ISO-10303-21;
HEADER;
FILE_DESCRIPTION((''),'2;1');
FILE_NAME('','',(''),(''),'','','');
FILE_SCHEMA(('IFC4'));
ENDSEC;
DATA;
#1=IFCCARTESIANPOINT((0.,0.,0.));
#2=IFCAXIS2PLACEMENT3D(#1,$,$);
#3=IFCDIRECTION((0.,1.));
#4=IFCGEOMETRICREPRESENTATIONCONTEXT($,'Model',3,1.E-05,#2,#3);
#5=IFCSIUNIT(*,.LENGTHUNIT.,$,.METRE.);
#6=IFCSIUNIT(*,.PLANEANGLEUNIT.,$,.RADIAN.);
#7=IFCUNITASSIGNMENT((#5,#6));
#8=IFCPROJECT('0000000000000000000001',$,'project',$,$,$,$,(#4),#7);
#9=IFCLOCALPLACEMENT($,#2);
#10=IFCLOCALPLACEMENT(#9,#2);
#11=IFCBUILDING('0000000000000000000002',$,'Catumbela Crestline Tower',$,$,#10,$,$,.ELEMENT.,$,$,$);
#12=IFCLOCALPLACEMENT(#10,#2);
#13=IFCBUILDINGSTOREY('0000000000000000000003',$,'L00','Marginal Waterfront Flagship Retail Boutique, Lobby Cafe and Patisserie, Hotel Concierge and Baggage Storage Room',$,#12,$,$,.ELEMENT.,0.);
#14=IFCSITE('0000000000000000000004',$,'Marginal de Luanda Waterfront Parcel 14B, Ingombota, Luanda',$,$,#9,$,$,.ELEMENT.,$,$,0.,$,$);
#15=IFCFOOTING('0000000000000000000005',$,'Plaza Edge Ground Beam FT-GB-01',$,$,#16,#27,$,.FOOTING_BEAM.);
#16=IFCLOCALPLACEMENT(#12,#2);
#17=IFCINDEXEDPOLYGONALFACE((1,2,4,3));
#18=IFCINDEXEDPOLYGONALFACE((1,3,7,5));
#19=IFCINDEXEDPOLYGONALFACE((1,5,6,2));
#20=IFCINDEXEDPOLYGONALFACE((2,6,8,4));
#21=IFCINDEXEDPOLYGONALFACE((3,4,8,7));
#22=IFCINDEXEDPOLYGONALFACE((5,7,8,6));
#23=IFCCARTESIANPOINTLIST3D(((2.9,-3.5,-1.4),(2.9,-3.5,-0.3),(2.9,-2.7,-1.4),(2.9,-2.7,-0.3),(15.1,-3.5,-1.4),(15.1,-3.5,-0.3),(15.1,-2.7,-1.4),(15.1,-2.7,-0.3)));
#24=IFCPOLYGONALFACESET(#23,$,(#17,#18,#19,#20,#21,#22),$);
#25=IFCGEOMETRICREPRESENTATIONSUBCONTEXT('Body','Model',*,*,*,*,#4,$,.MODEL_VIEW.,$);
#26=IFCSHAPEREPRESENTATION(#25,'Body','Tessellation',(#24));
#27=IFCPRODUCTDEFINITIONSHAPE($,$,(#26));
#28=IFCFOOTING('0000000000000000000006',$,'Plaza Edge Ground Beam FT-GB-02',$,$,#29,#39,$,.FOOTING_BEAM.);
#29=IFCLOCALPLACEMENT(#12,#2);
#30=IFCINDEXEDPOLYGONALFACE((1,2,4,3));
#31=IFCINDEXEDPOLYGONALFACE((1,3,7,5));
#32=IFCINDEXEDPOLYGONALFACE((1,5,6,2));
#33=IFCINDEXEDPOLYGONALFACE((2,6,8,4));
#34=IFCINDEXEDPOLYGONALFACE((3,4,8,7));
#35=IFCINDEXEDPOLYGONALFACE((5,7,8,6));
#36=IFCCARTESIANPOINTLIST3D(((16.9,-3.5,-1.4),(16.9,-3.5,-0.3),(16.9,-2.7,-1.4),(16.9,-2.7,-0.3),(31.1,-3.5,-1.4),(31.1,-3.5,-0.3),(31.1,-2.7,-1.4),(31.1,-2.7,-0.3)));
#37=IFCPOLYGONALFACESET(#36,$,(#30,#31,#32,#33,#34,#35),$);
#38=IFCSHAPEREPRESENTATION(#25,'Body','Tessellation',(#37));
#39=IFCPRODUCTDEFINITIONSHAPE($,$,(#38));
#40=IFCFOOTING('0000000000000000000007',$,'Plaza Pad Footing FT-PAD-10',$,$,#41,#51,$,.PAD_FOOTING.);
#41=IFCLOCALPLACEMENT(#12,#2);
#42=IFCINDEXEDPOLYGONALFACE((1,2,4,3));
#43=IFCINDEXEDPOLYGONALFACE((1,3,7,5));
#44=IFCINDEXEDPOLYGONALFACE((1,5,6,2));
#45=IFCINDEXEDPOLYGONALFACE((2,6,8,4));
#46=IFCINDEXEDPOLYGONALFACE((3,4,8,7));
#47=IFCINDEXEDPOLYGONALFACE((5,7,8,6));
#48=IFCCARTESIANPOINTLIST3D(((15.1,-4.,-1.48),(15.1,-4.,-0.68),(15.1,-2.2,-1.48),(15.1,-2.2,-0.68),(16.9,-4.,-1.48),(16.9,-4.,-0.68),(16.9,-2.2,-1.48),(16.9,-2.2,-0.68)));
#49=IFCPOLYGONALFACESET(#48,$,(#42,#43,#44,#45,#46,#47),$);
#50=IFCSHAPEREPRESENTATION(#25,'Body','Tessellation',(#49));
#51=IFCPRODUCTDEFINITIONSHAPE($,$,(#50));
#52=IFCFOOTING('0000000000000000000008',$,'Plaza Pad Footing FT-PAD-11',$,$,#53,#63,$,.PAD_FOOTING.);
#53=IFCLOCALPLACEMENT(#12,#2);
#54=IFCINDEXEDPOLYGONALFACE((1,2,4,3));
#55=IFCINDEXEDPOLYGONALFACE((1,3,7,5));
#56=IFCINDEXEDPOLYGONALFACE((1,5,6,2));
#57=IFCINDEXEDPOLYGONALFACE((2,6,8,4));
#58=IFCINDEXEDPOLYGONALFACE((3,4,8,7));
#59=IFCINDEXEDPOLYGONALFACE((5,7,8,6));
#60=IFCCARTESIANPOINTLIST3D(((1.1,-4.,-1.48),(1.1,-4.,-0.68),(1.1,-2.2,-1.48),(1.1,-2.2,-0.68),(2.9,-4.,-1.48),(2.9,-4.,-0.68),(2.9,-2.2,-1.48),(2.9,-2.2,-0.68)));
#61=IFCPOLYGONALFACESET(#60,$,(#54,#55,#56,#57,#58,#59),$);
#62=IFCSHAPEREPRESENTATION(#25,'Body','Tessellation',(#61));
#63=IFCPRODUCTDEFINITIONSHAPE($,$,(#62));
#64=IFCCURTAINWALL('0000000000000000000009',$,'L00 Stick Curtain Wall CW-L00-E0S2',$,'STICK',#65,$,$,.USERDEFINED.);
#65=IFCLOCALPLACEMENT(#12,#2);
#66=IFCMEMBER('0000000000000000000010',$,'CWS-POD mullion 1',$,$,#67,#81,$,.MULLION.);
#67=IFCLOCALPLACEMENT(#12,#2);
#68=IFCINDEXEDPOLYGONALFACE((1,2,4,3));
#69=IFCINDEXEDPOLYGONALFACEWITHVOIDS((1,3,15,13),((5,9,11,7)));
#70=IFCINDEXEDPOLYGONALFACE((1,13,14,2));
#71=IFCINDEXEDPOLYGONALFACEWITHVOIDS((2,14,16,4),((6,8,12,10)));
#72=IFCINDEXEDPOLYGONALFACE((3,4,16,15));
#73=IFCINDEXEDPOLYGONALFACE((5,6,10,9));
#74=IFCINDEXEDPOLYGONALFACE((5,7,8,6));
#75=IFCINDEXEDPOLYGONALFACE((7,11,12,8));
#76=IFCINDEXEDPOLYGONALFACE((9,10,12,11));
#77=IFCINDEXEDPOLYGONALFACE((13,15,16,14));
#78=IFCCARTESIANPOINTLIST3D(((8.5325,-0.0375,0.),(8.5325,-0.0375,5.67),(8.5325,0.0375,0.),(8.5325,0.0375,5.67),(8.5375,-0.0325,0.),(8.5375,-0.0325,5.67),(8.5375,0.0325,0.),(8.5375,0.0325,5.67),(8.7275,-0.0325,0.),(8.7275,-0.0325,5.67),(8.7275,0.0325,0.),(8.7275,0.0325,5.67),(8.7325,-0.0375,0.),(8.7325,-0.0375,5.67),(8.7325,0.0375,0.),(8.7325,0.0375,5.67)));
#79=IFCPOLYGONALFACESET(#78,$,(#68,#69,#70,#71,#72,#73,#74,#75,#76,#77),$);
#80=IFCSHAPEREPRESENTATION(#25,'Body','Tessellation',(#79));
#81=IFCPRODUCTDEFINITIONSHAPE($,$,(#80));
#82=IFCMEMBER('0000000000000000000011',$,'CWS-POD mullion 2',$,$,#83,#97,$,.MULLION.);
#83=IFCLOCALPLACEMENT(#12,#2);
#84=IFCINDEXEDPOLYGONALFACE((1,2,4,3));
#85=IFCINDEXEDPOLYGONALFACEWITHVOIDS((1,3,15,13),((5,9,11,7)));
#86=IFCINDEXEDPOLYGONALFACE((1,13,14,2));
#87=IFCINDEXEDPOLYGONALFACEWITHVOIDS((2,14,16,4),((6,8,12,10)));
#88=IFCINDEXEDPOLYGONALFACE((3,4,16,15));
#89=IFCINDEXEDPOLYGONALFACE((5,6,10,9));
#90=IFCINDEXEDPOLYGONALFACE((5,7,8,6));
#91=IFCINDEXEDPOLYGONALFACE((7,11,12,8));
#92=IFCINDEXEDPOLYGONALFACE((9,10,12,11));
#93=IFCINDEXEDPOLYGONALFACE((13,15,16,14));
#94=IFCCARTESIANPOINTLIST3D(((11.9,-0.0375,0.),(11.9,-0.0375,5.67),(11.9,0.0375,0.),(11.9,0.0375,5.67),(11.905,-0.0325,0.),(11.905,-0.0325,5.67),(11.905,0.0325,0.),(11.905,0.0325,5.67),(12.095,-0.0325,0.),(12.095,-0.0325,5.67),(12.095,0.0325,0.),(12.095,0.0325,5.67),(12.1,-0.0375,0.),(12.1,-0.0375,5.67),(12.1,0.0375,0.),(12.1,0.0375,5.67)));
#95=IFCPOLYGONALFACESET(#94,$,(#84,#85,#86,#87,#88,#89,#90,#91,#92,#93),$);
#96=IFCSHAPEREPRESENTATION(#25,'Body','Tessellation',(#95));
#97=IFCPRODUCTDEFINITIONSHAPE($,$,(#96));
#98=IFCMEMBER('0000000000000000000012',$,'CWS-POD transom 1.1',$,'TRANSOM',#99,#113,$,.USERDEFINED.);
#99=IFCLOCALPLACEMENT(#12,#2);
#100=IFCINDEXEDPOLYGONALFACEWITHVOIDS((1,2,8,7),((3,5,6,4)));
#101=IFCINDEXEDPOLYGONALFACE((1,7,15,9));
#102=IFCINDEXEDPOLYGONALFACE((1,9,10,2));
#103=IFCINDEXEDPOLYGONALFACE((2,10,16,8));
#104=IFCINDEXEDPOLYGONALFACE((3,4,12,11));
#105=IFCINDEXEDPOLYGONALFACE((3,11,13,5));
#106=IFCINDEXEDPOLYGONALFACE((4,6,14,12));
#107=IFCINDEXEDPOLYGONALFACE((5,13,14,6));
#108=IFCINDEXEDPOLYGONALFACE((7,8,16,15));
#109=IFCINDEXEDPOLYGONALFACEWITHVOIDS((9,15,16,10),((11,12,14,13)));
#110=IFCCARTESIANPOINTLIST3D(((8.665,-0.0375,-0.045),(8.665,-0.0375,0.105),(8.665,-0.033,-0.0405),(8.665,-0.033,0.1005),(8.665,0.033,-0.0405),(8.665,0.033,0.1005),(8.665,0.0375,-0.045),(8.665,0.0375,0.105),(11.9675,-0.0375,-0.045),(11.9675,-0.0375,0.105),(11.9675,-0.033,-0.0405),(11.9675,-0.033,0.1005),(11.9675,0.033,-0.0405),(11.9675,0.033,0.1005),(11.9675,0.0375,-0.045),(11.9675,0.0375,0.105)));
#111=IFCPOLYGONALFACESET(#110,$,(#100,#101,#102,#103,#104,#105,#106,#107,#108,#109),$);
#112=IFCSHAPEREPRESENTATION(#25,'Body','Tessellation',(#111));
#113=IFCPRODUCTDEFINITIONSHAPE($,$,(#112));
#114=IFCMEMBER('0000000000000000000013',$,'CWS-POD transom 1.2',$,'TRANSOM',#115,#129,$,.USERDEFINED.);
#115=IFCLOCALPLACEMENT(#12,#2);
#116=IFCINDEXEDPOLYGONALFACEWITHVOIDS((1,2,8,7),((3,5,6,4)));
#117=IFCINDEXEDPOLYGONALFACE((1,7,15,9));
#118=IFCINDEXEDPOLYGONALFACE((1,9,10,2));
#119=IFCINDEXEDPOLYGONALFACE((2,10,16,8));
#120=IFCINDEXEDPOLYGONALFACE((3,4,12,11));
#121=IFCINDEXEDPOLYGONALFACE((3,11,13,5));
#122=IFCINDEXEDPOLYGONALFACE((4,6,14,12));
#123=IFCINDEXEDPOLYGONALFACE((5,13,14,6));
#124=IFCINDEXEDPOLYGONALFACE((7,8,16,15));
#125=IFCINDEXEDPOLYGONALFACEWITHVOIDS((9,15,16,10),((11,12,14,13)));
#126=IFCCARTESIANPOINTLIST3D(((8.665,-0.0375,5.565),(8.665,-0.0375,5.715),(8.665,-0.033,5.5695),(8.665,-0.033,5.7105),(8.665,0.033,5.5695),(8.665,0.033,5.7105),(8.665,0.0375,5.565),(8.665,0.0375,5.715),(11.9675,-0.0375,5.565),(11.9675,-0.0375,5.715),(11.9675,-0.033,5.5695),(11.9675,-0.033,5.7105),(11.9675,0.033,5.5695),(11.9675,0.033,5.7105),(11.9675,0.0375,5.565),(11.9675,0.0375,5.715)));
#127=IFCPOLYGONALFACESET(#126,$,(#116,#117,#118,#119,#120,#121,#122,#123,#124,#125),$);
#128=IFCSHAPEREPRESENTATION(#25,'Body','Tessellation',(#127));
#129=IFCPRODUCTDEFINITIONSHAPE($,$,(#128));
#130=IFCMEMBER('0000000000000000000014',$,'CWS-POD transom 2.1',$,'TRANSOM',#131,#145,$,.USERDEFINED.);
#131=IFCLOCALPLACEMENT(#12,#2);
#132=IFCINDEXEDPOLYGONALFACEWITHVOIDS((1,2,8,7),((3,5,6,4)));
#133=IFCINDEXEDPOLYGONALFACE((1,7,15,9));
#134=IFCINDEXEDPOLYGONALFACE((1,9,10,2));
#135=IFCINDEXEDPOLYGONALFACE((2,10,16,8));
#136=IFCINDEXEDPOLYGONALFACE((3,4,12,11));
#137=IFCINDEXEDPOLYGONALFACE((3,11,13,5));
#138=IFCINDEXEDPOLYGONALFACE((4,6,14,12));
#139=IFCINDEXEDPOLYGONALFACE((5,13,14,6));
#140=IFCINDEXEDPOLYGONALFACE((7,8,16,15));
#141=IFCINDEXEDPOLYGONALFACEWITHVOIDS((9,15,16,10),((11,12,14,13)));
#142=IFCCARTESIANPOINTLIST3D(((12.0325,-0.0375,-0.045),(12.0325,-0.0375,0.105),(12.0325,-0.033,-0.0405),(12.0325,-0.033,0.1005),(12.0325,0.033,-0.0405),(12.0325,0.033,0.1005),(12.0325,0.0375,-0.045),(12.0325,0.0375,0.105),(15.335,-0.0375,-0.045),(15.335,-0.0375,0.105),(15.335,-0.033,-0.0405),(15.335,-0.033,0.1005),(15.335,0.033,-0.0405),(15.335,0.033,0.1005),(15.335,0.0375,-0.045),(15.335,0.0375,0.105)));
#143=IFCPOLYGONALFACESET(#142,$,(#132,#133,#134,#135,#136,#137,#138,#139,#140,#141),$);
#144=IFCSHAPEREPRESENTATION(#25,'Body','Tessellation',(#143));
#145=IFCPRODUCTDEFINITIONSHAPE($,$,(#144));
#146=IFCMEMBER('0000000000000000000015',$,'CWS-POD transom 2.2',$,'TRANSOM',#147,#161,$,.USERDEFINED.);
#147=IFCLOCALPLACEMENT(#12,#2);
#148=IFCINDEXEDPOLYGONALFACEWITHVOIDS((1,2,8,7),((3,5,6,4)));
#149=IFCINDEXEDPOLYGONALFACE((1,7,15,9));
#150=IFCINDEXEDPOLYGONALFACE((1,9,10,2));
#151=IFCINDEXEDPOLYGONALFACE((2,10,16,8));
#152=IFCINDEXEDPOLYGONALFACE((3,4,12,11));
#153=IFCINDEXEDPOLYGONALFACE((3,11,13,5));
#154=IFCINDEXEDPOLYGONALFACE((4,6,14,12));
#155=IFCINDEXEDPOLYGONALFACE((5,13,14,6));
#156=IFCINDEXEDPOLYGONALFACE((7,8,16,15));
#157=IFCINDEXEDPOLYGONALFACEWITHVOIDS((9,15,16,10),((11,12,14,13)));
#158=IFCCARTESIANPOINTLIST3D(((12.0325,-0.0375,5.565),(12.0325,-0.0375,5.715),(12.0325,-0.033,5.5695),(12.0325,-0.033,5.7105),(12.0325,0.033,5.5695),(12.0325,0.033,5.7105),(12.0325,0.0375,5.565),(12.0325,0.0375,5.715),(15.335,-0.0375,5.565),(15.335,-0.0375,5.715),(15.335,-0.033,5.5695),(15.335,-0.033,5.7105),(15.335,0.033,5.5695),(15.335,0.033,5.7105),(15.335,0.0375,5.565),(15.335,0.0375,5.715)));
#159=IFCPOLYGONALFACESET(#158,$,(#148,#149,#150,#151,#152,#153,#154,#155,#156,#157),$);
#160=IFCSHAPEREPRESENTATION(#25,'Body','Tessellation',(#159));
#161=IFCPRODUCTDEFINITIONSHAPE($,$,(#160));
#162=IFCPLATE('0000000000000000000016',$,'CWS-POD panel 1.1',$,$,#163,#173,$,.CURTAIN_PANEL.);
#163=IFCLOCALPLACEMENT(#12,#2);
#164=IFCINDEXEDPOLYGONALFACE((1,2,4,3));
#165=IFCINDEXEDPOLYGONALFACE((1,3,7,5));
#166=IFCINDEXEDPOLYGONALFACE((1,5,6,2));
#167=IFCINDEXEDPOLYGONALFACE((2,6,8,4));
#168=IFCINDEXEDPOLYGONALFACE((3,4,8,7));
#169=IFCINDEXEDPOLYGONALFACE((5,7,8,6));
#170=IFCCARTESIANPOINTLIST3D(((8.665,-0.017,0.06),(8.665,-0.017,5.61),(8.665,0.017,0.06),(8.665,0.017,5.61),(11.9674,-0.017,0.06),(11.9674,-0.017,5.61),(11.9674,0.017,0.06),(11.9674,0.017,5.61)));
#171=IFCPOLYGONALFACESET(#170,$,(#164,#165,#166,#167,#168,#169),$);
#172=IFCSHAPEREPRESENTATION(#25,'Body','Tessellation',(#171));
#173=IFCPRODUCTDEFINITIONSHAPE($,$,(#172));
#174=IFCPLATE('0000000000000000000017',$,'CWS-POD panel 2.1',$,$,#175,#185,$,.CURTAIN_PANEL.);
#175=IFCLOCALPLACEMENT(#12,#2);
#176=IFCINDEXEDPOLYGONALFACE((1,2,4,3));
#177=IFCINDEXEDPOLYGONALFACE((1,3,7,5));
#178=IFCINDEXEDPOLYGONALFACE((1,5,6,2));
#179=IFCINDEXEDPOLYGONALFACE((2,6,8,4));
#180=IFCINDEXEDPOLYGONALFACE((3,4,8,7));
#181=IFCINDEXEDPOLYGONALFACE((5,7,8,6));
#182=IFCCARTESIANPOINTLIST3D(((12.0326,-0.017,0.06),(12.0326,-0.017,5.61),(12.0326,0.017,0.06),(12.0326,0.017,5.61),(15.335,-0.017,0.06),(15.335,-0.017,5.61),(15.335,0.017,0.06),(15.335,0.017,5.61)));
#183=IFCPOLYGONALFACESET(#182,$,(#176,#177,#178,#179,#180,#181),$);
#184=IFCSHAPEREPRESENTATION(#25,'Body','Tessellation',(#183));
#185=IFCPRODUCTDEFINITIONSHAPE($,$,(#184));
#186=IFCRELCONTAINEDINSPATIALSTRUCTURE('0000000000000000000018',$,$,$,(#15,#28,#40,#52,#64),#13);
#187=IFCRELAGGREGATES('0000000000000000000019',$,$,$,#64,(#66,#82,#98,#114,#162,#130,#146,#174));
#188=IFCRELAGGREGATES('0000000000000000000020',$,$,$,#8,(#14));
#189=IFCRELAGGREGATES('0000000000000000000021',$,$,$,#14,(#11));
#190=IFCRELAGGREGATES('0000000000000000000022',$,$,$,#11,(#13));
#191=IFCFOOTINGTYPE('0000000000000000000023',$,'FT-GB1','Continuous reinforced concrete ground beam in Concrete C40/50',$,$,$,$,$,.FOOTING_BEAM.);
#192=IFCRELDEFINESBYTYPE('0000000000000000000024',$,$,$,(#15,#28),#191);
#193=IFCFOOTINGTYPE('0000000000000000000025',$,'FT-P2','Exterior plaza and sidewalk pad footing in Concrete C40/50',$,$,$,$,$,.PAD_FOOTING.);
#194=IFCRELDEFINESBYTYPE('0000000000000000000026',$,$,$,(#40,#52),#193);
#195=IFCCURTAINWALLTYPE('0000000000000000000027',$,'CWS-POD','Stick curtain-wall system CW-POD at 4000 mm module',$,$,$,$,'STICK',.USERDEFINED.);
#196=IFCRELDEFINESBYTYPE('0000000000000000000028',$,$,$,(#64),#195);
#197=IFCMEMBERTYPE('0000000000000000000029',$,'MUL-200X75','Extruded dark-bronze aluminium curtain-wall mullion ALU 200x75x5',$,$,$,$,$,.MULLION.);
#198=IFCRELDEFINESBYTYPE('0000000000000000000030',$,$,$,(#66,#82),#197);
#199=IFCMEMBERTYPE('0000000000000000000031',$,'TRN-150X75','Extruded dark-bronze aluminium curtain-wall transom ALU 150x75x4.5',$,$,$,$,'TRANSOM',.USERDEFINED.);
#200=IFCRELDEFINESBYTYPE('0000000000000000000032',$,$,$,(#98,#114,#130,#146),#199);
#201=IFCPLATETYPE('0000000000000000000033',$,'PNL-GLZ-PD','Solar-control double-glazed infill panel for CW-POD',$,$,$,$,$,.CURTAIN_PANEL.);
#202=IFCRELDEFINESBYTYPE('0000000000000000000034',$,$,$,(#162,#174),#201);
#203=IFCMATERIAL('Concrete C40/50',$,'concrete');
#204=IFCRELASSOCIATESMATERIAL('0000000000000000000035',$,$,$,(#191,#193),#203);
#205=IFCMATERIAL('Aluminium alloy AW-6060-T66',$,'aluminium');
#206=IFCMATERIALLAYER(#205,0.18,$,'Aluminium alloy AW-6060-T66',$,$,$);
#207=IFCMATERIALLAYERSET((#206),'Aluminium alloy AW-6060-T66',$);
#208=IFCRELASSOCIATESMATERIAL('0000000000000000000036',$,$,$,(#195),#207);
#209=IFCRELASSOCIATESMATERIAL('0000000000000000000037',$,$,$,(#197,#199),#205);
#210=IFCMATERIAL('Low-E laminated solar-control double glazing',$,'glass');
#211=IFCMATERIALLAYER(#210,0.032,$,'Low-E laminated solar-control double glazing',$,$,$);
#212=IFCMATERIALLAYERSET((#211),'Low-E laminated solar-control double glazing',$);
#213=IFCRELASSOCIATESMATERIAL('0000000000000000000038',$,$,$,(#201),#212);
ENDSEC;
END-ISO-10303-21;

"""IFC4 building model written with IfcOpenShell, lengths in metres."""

from ifc_helpers import new_model, si_unit, direction, frame, origin, origin_2d, place, context, subcontext, project, spatial, rectangle, hollow_rectangle, extrude, material, layer, layer_set, material_profile, profile_set, type_object, element, aggregate, save


model = new_model("IFC4")

# Units and contexts
model_context = context("Model", 3, precision=1e-05, world=origin(), true_north=direction((0.0, 1.0)))
body_context = subcontext(model_context, "Body", "Model", "MODEL_VIEW")
ifc_project = project(units=[si_unit("LENGTHUNIT", "METRE"), si_unit("PLANEANGLEUNIT", "RADIAN")], contexts=[model_context])

# Site, building, storey
site_placement = place(None, origin())
site = spatial("IfcSite", under=ifc_project, at=site_placement, Name="Marginal de Luanda Waterfront Parcel 14B, Ingombota, Luanda", CompositionType="ELEMENT", RefElevation=0.0)
building_placement = place(site_placement, origin())
building = spatial("IfcBuilding", under=site, at=building_placement, Name="Catumbela Crestline Tower", CompositionType="ELEMENT")
storey_placement = place(building_placement, origin())
storey = spatial("IfcBuildingStorey", under=building, at=storey_placement, Name="L00", Description="Marginal Waterfront Flagship Retail Boutique, Lobby Cafe and Patisserie, Hotel Concierge and Baggage Storage Room", CompositionType="ELEMENT", Elevation=0.0)

# Footings
ifc_material_1 = material(Name="Concrete C40/50", Category="concrete")
ifc_material_profile_1 = material_profile(ifc_material_1, rectangle(XDim=0.8, YDim=1.1, at=origin_2d()), Name="RC 800x1100")
ifc_profile_set_1 = profile_set([ifc_material_profile_1], Name="Concrete C40/50")
footing_type_1 = type_object("IfcFootingType", Name="FT-GB1", Description="Continuous reinforced concrete ground beam in Concrete C40/50", PredefinedType="FOOTING_BEAM", material=ifc_profile_set_1)
footing_1_placement = place(storey_placement, frame((2.9, -3.1, -0.85), z_axis=(1.0, 0.0, 0.0), x_axis=(0.0, 1.0, 0.0)))
element("IfcFooting", 1, at=footing_1_placement, inside=storey, type_object=footing_type_1, Name="Plaza Edge Ground Beam FT-GB-01", PredefinedType="FOOTING_BEAM", context=body_context, shape_type="SweptSolid", body=[
    extrude(rectangle(XDim=0.8, YDim=1.1, at=origin_2d()), origin(), (0.0, 0.0, 1.0), 12.2),
])
footing_2_placement = place(storey_placement, frame((16.9, -3.1, -0.85), z_axis=(1.0, 0.0, 0.0), x_axis=(0.0, 1.0, 0.0)))
element("IfcFooting", 2, at=footing_2_placement, inside=storey, type_object=footing_type_1, Name="Plaza Edge Ground Beam FT-GB-02", PredefinedType="FOOTING_BEAM", context=body_context, shape_type="SweptSolid", body=[
    extrude(rectangle(XDim=0.8, YDim=1.1, at=origin_2d()), origin(), (0.0, 0.0, 1.0), 14.2),
])
footing_type_2 = type_object("IfcFootingType", Name="FT-P2", Description="Exterior plaza and sidewalk pad footing in Concrete C40/50", PredefinedType="PAD_FOOTING", material=ifc_material_1)
for number, where, z_axis, x_axis, name in (
    (3, (16.0, -3.1, -1.48), (0.0, 0.0, 1.0), (1.0, 0.0, 0.0), "Plaza Pad Footing FT-PAD-10"),
    (4, (2.0, -3.1, -1.48), (0.0, 0.0, 1.0), (1.0, 0.0, 0.0), "Plaza Pad Footing FT-PAD-11"),
):
    element("IfcFooting", number, at=place(storey_placement, frame(where, z_axis=z_axis, x_axis=x_axis)), inside=storey, type_object=footing_type_2, Name=name, PredefinedType="PAD_FOOTING", context=body_context, shape_type="SweptSolid", body=[
        extrude(rectangle(XDim=1.8, YDim=1.8, at=origin_2d()), origin(), (0.0, 0.0, 1.0), 0.8),
    ])

# Curtain wall, members, plates
ifc_material_2 = material(Name="Aluminium alloy AW-6060-T66", Category="aluminium")
ifc_layer_1 = layer(ifc_material_2, 0.18, Name="Aluminium alloy AW-6060-T66")
ifc_layer_set_1 = layer_set([ifc_layer_1], Name="Aluminium alloy AW-6060-T66")
curtain_wall_type = type_object("IfcCurtainWallType", Name="CWS-POD", Description="Stick curtain-wall system CW-POD at 4000 mm module", ElementType="STICK", PredefinedType="USERDEFINED", material=ifc_layer_set_1)
curtain_wall_placement = place(storey_placement, origin())
curtain_wall = element("IfcCurtainWall", 5, at=curtain_wall_placement, inside=storey, type_object=curtain_wall_type, Name="L00 Stick Curtain Wall CW-L00-E0S2", ObjectType="STICK", PredefinedType="USERDEFINED")
ifc_material_profile_2 = material_profile(ifc_material_2, hollow_rectangle(XDim=0.075, YDim=0.2, WallThickness=0.005, at=origin_2d()), Name="ALU 200x75x5")
ifc_profile_set_2 = profile_set([ifc_material_profile_2], Name="Aluminium alloy AW-6060-T66")
member_type_1 = type_object("IfcMemberType", Name="MUL-200X75", Description="Extruded dark-bronze aluminium curtain-wall mullion ALU 200x75x5", PredefinedType="MULLION", material=ifc_profile_set_2)
member_1_placement = place(storey_placement, frame((8.6325, 0.0, 0.0), z_axis=(0.0, 0.0, 1.0), x_axis=(0.0, 1.0, 0.0)))
member_1 = element("IfcMember", 6, at=member_1_placement, type_object=member_type_1, Name="CWS-POD mullion 1", PredefinedType="MULLION", context=body_context, shape_type="SweptSolid", body=[
    extrude(hollow_rectangle(XDim=0.075, YDim=0.2, WallThickness=0.005, at=origin_2d()), origin(), (0.0, 0.0, 1.0), 5.67),
])
member_2_placement = place(storey_placement, frame((12.0, 0.0, 0.0), z_axis=(0.0, 0.0, 1.0), x_axis=(0.0, 1.0, 0.0)))
member_2 = element("IfcMember", 7, at=member_2_placement, type_object=member_type_1, Name="CWS-POD mullion 2", PredefinedType="MULLION", context=body_context, shape_type="SweptSolid", body=[
    extrude(hollow_rectangle(XDim=0.075, YDim=0.2, WallThickness=0.005, at=origin_2d()), origin(), (0.0, 0.0, 1.0), 5.67),
])
ifc_material_profile_3 = material_profile(ifc_material_2, hollow_rectangle(XDim=0.075, YDim=0.15, WallThickness=0.0045, at=origin_2d()), Name="ALU 150x75x4.5")
ifc_profile_set_3 = profile_set([ifc_material_profile_3], Name="Aluminium alloy AW-6060-T66")
member_type_2 = type_object("IfcMemberType", Name="TRN-150X75", Description="Extruded dark-bronze aluminium curtain-wall transom ALU 150x75x4.5", ElementType="TRANSOM", PredefinedType="USERDEFINED", material=ifc_profile_set_3)
member_3_placement = place(storey_placement, frame((8.665, 0.0, 0.03), z_axis=(1.0, 0.0, 0.0), x_axis=(0.0, 1.0, 0.0)))
member_3 = element("IfcMember", 8, at=member_3_placement, type_object=member_type_2, Name="CWS-POD transom 1.1", ObjectType="TRANSOM", PredefinedType="USERDEFINED", context=body_context, shape_type="SweptSolid", body=[
    extrude(hollow_rectangle(XDim=0.075, YDim=0.15, WallThickness=0.0045, at=origin_2d()), origin(), (0.0, 0.0, 1.0), 3.3025),
])
member_4_placement = place(storey_placement, frame((8.665, 0.0, 5.64), z_axis=(1.0, 0.0, 0.0), x_axis=(0.0, 1.0, 0.0)))
member_4 = element("IfcMember", 9, at=member_4_placement, type_object=member_type_2, Name="CWS-POD transom 1.2", ObjectType="TRANSOM", PredefinedType="USERDEFINED", context=body_context, shape_type="SweptSolid", body=[
    extrude(hollow_rectangle(XDim=0.075, YDim=0.15, WallThickness=0.0045, at=origin_2d()), origin(), (0.0, 0.0, 1.0), 3.3025),
])
member_5_placement = place(storey_placement, frame((12.0325, 0.0, 0.03), z_axis=(1.0, 0.0, 0.0), x_axis=(0.0, 1.0, 0.0)))
member_5 = element("IfcMember", 10, at=member_5_placement, type_object=member_type_2, Name="CWS-POD transom 2.1", ObjectType="TRANSOM", PredefinedType="USERDEFINED", context=body_context, shape_type="SweptSolid", body=[
    extrude(hollow_rectangle(XDim=0.075, YDim=0.15, WallThickness=0.0045, at=origin_2d()), origin(), (0.0, 0.0, 1.0), 3.3025),
])
member_6_placement = place(storey_placement, frame((12.0325, 0.0, 5.64), z_axis=(1.0, 0.0, 0.0), x_axis=(0.0, 1.0, 0.0)))
member_6 = element("IfcMember", 11, at=member_6_placement, type_object=member_type_2, Name="CWS-POD transom 2.2", ObjectType="TRANSOM", PredefinedType="USERDEFINED", context=body_context, shape_type="SweptSolid", body=[
    extrude(hollow_rectangle(XDim=0.075, YDim=0.15, WallThickness=0.0045, at=origin_2d()), origin(), (0.0, 0.0, 1.0), 3.3025),
])
ifc_material_3 = material(Name="Low-E laminated solar-control double glazing", Category="glass")
ifc_layer_2 = layer(ifc_material_3, 0.032, Name="Low-E laminated solar-control double glazing")
ifc_layer_set_2 = layer_set([ifc_layer_2], Name="Low-E laminated solar-control double glazing")
plate_type = type_object("IfcPlateType", Name="PNL-GLZ-PD", Description="Solar-control double-glazed infill panel for CW-POD", PredefinedType="CURTAIN_PANEL", material=ifc_layer_set_2)
plate_1_placement = place(storey_placement, frame((10.3162, 0.0, 0.06), z_axis=(0.0, 0.0, 1.0), x_axis=(1.0, 0.0, 0.0)))
plate_1 = element("IfcPlate", 12, at=plate_1_placement, type_object=plate_type, Name="CWS-POD panel 1.1", PredefinedType="CURTAIN_PANEL", context=body_context, shape_type="SweptSolid", body=[
    extrude(rectangle(XDim=3.3025, YDim=0.034, at=origin_2d()), origin(), (0.0, 0.0, 1.0), 5.55),
])
plate_2_placement = place(storey_placement, frame((13.6838, 0.0, 0.06), z_axis=(0.0, 0.0, 1.0), x_axis=(1.0, 0.0, 0.0)))
plate_2 = element("IfcPlate", 13, at=plate_2_placement, type_object=plate_type, Name="CWS-POD panel 2.1", PredefinedType="CURTAIN_PANEL", context=body_context, shape_type="SweptSolid", body=[
    extrude(rectangle(XDim=3.3025, YDim=0.034, at=origin_2d()), origin(), (0.0, 0.0, 1.0), 5.55),
])
aggregate(curtain_wall, [member_1, member_2, member_3, member_4, plate_1, member_5, member_6, plate_2])

save(model, "model.ifc")
